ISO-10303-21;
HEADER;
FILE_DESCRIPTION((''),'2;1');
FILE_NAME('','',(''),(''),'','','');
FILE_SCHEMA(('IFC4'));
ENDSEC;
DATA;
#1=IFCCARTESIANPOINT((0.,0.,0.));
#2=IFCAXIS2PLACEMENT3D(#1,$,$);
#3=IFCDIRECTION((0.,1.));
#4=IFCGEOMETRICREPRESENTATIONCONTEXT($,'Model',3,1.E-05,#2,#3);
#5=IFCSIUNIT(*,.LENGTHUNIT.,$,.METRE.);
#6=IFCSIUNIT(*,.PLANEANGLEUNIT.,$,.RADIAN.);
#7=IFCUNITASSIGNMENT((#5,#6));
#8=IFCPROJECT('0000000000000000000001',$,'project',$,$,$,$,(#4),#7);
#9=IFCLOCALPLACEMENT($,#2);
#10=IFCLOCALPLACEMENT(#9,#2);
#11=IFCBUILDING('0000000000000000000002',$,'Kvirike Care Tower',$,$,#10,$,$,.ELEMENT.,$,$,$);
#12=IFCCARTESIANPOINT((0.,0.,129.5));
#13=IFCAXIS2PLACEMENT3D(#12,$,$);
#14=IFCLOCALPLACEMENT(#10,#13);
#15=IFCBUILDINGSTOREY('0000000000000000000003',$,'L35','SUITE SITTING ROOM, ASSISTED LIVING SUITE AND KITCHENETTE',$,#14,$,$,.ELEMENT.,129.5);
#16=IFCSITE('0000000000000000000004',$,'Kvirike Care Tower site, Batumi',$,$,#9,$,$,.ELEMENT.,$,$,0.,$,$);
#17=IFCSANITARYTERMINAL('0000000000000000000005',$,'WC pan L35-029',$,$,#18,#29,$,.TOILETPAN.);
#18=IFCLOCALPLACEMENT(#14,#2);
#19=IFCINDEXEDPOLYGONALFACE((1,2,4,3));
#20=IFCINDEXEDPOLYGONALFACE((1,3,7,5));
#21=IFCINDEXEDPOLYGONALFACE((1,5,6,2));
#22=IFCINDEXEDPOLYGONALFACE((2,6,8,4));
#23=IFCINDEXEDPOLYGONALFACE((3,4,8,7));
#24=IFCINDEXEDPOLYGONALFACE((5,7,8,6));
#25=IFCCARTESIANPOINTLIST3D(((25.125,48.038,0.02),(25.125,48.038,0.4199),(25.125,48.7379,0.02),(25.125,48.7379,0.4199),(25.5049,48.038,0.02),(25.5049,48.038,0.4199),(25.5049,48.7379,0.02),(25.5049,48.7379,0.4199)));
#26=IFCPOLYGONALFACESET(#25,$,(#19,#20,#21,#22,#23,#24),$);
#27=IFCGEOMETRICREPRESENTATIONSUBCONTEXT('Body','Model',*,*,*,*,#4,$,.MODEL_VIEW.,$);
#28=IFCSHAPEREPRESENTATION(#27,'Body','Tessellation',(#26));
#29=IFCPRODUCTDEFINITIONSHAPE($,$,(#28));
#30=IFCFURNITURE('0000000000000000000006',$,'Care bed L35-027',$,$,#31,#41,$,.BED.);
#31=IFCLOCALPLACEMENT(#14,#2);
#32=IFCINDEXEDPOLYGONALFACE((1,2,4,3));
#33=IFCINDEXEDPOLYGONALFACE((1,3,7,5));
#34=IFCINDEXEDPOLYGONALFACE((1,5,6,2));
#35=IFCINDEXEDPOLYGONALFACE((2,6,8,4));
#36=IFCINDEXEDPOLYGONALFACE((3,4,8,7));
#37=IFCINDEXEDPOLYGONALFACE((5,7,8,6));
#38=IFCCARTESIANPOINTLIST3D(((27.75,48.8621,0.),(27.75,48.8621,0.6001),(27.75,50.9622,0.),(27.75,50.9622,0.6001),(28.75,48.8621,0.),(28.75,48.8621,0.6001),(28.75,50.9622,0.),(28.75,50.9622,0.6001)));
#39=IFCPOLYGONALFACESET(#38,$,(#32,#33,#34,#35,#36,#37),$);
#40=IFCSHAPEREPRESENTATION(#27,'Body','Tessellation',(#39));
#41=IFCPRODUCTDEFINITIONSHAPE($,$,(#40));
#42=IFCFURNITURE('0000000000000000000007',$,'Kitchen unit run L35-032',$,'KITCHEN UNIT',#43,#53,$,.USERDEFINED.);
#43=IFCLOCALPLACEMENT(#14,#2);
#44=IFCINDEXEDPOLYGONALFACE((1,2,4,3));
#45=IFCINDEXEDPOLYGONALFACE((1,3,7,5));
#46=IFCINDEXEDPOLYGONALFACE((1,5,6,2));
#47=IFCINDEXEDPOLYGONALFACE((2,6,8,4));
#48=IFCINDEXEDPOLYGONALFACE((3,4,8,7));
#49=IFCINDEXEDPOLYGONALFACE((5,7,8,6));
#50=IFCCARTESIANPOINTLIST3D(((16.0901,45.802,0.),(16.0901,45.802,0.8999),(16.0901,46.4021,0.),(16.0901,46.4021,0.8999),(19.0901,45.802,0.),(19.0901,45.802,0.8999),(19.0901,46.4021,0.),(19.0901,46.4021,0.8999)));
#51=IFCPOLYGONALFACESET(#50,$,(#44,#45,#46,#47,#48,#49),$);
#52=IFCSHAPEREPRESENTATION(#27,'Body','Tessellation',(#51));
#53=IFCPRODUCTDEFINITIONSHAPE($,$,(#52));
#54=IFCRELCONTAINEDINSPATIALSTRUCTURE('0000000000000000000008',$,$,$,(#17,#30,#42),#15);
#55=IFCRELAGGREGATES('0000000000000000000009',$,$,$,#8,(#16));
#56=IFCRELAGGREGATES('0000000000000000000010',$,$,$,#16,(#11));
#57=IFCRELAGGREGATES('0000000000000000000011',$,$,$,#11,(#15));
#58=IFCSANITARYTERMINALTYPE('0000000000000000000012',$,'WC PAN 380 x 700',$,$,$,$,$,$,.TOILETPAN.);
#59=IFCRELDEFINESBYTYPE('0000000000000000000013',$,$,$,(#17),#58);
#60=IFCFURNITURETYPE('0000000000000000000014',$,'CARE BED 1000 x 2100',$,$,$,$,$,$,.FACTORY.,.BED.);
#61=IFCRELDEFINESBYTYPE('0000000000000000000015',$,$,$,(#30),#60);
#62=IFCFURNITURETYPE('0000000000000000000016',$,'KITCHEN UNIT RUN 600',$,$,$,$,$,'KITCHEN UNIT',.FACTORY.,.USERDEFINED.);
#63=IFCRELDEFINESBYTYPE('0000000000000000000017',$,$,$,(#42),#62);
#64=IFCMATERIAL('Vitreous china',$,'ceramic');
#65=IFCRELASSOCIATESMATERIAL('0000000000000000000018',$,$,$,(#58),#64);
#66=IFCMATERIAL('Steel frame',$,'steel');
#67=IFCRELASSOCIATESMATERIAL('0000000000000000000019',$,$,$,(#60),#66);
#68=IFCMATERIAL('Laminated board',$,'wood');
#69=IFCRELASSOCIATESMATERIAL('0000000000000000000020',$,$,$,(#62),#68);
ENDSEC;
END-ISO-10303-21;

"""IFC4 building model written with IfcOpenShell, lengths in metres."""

from ifc_helpers import new_model, si_unit, direction, frame, origin, origin_2d, place, context, subcontext, project, spatial, rectangle, extrude, material, type_object, element, save


model = new_model("IFC4")

# Units and contexts
model_context = context("Model", 3, precision=1e-05, world=origin(), true_north=direction((0.0, 1.0)))
body_context = subcontext(model_context, "Body", "Model", "MODEL_VIEW")
ifc_project = project(units=[si_unit("LENGTHUNIT", "METRE"), si_unit("PLANEANGLEUNIT", "RADIAN")], contexts=[model_context])

# Site, building, storey
site_placement = place(None, origin())
site = spatial("IfcSite", under=ifc_project, at=site_placement, Name="Kvirike Care Tower site, Batumi", CompositionType="ELEMENT", RefElevation=0.0)
building_placement = place(site_placement, origin())
building = spatial("IfcBuilding", under=site, at=building_placement, Name="Kvirike Care Tower", CompositionType="ELEMENT")
storey_placement = place(building_placement, frame((0.0, 0.0, 129.5)))
storey = spatial("IfcBuildingStorey", under=building, at=storey_placement, Name="L35", Description="SUITE SITTING ROOM, ASSISTED LIVING SUITE AND KITCHENETTE", CompositionType="ELEMENT", Elevation=129.5)

# Sanitary terminal
ifc_material_1 = material(Name="Vitreous china", Category="ceramic")
sanitary_terminal_type_1 = type_object("IfcSanitaryTerminalType", Name="WC PAN 380 x 700", PredefinedType="TOILETPAN", material=ifc_material_1)
sanitary_terminal_1_placement = place(storey_placement, frame((25.3149, 48.3879, 0.02), z_axis=(0.0, 0.0, 1.0), x_axis=(1.0, 0.0, 0.0)))
element("IfcSanitaryTerminal", 1, at=sanitary_terminal_1_placement, inside=storey, type_object=sanitary_terminal_type_1, Name="WC pan L35-029", PredefinedType="TOILETPAN", context=body_context, shape_type="SweptSolid", body=[
    extrude(rectangle(XDim=0.3799, YDim=0.7, at=origin_2d()), origin(), (0.0, 0.0, 1.0), 0.3999),
])

# Furniture
ifc_material_2 = material(Name="Steel frame", Category="steel")
furniture_type_1 = type_object("IfcFurnitureType", Name="CARE BED 1000 x 2100", AssemblyPlace="FACTORY", PredefinedType="BED", material=ifc_material_2)
furniture_1_placement = place(storey_placement, frame((28.25, 49.9121, 0.0), z_axis=(0.0, 0.0, 1.0), x_axis=(-1.0, 0.0, 0.0)))
element("IfcFurniture", 2, at=furniture_1_placement, inside=storey, type_object=furniture_type_1, Name="Care bed L35-027", PredefinedType="BED", context=body_context, shape_type="SweptSolid", body=[
    extrude(rectangle(XDim=1.0, YDim=2.1001, at=origin_2d()), origin(), (0.0, 0.0, 1.0), 0.6001),
])
ifc_material_3 = material(Name="Laminated board", Category="wood")
furniture_type_2 = type_object("IfcFurnitureType", Name="KITCHEN UNIT RUN 600", ElementType="KITCHEN UNIT", AssemblyPlace="FACTORY", PredefinedType="USERDEFINED", material=ifc_material_3)
furniture_2_placement = place(storey_placement, frame((17.5901, 46.1021, 0.0), z_axis=(0.0, 0.0, 1.0), x_axis=(-1.0, 0.0, 0.0)))
element("IfcFurniture", 3, at=furniture_2_placement, inside=storey, type_object=furniture_type_2, Name="Kitchen unit run L35-032", ObjectType="KITCHEN UNIT", PredefinedType="USERDEFINED", context=body_context, shape_type="SweptSolid", body=[
    extrude(rectangle(XDim=3.0, YDim=0.6001, at=origin_2d()), origin(), (0.0, 0.0, 1.0), 0.8999),
])

save(model, "model.ifc")
